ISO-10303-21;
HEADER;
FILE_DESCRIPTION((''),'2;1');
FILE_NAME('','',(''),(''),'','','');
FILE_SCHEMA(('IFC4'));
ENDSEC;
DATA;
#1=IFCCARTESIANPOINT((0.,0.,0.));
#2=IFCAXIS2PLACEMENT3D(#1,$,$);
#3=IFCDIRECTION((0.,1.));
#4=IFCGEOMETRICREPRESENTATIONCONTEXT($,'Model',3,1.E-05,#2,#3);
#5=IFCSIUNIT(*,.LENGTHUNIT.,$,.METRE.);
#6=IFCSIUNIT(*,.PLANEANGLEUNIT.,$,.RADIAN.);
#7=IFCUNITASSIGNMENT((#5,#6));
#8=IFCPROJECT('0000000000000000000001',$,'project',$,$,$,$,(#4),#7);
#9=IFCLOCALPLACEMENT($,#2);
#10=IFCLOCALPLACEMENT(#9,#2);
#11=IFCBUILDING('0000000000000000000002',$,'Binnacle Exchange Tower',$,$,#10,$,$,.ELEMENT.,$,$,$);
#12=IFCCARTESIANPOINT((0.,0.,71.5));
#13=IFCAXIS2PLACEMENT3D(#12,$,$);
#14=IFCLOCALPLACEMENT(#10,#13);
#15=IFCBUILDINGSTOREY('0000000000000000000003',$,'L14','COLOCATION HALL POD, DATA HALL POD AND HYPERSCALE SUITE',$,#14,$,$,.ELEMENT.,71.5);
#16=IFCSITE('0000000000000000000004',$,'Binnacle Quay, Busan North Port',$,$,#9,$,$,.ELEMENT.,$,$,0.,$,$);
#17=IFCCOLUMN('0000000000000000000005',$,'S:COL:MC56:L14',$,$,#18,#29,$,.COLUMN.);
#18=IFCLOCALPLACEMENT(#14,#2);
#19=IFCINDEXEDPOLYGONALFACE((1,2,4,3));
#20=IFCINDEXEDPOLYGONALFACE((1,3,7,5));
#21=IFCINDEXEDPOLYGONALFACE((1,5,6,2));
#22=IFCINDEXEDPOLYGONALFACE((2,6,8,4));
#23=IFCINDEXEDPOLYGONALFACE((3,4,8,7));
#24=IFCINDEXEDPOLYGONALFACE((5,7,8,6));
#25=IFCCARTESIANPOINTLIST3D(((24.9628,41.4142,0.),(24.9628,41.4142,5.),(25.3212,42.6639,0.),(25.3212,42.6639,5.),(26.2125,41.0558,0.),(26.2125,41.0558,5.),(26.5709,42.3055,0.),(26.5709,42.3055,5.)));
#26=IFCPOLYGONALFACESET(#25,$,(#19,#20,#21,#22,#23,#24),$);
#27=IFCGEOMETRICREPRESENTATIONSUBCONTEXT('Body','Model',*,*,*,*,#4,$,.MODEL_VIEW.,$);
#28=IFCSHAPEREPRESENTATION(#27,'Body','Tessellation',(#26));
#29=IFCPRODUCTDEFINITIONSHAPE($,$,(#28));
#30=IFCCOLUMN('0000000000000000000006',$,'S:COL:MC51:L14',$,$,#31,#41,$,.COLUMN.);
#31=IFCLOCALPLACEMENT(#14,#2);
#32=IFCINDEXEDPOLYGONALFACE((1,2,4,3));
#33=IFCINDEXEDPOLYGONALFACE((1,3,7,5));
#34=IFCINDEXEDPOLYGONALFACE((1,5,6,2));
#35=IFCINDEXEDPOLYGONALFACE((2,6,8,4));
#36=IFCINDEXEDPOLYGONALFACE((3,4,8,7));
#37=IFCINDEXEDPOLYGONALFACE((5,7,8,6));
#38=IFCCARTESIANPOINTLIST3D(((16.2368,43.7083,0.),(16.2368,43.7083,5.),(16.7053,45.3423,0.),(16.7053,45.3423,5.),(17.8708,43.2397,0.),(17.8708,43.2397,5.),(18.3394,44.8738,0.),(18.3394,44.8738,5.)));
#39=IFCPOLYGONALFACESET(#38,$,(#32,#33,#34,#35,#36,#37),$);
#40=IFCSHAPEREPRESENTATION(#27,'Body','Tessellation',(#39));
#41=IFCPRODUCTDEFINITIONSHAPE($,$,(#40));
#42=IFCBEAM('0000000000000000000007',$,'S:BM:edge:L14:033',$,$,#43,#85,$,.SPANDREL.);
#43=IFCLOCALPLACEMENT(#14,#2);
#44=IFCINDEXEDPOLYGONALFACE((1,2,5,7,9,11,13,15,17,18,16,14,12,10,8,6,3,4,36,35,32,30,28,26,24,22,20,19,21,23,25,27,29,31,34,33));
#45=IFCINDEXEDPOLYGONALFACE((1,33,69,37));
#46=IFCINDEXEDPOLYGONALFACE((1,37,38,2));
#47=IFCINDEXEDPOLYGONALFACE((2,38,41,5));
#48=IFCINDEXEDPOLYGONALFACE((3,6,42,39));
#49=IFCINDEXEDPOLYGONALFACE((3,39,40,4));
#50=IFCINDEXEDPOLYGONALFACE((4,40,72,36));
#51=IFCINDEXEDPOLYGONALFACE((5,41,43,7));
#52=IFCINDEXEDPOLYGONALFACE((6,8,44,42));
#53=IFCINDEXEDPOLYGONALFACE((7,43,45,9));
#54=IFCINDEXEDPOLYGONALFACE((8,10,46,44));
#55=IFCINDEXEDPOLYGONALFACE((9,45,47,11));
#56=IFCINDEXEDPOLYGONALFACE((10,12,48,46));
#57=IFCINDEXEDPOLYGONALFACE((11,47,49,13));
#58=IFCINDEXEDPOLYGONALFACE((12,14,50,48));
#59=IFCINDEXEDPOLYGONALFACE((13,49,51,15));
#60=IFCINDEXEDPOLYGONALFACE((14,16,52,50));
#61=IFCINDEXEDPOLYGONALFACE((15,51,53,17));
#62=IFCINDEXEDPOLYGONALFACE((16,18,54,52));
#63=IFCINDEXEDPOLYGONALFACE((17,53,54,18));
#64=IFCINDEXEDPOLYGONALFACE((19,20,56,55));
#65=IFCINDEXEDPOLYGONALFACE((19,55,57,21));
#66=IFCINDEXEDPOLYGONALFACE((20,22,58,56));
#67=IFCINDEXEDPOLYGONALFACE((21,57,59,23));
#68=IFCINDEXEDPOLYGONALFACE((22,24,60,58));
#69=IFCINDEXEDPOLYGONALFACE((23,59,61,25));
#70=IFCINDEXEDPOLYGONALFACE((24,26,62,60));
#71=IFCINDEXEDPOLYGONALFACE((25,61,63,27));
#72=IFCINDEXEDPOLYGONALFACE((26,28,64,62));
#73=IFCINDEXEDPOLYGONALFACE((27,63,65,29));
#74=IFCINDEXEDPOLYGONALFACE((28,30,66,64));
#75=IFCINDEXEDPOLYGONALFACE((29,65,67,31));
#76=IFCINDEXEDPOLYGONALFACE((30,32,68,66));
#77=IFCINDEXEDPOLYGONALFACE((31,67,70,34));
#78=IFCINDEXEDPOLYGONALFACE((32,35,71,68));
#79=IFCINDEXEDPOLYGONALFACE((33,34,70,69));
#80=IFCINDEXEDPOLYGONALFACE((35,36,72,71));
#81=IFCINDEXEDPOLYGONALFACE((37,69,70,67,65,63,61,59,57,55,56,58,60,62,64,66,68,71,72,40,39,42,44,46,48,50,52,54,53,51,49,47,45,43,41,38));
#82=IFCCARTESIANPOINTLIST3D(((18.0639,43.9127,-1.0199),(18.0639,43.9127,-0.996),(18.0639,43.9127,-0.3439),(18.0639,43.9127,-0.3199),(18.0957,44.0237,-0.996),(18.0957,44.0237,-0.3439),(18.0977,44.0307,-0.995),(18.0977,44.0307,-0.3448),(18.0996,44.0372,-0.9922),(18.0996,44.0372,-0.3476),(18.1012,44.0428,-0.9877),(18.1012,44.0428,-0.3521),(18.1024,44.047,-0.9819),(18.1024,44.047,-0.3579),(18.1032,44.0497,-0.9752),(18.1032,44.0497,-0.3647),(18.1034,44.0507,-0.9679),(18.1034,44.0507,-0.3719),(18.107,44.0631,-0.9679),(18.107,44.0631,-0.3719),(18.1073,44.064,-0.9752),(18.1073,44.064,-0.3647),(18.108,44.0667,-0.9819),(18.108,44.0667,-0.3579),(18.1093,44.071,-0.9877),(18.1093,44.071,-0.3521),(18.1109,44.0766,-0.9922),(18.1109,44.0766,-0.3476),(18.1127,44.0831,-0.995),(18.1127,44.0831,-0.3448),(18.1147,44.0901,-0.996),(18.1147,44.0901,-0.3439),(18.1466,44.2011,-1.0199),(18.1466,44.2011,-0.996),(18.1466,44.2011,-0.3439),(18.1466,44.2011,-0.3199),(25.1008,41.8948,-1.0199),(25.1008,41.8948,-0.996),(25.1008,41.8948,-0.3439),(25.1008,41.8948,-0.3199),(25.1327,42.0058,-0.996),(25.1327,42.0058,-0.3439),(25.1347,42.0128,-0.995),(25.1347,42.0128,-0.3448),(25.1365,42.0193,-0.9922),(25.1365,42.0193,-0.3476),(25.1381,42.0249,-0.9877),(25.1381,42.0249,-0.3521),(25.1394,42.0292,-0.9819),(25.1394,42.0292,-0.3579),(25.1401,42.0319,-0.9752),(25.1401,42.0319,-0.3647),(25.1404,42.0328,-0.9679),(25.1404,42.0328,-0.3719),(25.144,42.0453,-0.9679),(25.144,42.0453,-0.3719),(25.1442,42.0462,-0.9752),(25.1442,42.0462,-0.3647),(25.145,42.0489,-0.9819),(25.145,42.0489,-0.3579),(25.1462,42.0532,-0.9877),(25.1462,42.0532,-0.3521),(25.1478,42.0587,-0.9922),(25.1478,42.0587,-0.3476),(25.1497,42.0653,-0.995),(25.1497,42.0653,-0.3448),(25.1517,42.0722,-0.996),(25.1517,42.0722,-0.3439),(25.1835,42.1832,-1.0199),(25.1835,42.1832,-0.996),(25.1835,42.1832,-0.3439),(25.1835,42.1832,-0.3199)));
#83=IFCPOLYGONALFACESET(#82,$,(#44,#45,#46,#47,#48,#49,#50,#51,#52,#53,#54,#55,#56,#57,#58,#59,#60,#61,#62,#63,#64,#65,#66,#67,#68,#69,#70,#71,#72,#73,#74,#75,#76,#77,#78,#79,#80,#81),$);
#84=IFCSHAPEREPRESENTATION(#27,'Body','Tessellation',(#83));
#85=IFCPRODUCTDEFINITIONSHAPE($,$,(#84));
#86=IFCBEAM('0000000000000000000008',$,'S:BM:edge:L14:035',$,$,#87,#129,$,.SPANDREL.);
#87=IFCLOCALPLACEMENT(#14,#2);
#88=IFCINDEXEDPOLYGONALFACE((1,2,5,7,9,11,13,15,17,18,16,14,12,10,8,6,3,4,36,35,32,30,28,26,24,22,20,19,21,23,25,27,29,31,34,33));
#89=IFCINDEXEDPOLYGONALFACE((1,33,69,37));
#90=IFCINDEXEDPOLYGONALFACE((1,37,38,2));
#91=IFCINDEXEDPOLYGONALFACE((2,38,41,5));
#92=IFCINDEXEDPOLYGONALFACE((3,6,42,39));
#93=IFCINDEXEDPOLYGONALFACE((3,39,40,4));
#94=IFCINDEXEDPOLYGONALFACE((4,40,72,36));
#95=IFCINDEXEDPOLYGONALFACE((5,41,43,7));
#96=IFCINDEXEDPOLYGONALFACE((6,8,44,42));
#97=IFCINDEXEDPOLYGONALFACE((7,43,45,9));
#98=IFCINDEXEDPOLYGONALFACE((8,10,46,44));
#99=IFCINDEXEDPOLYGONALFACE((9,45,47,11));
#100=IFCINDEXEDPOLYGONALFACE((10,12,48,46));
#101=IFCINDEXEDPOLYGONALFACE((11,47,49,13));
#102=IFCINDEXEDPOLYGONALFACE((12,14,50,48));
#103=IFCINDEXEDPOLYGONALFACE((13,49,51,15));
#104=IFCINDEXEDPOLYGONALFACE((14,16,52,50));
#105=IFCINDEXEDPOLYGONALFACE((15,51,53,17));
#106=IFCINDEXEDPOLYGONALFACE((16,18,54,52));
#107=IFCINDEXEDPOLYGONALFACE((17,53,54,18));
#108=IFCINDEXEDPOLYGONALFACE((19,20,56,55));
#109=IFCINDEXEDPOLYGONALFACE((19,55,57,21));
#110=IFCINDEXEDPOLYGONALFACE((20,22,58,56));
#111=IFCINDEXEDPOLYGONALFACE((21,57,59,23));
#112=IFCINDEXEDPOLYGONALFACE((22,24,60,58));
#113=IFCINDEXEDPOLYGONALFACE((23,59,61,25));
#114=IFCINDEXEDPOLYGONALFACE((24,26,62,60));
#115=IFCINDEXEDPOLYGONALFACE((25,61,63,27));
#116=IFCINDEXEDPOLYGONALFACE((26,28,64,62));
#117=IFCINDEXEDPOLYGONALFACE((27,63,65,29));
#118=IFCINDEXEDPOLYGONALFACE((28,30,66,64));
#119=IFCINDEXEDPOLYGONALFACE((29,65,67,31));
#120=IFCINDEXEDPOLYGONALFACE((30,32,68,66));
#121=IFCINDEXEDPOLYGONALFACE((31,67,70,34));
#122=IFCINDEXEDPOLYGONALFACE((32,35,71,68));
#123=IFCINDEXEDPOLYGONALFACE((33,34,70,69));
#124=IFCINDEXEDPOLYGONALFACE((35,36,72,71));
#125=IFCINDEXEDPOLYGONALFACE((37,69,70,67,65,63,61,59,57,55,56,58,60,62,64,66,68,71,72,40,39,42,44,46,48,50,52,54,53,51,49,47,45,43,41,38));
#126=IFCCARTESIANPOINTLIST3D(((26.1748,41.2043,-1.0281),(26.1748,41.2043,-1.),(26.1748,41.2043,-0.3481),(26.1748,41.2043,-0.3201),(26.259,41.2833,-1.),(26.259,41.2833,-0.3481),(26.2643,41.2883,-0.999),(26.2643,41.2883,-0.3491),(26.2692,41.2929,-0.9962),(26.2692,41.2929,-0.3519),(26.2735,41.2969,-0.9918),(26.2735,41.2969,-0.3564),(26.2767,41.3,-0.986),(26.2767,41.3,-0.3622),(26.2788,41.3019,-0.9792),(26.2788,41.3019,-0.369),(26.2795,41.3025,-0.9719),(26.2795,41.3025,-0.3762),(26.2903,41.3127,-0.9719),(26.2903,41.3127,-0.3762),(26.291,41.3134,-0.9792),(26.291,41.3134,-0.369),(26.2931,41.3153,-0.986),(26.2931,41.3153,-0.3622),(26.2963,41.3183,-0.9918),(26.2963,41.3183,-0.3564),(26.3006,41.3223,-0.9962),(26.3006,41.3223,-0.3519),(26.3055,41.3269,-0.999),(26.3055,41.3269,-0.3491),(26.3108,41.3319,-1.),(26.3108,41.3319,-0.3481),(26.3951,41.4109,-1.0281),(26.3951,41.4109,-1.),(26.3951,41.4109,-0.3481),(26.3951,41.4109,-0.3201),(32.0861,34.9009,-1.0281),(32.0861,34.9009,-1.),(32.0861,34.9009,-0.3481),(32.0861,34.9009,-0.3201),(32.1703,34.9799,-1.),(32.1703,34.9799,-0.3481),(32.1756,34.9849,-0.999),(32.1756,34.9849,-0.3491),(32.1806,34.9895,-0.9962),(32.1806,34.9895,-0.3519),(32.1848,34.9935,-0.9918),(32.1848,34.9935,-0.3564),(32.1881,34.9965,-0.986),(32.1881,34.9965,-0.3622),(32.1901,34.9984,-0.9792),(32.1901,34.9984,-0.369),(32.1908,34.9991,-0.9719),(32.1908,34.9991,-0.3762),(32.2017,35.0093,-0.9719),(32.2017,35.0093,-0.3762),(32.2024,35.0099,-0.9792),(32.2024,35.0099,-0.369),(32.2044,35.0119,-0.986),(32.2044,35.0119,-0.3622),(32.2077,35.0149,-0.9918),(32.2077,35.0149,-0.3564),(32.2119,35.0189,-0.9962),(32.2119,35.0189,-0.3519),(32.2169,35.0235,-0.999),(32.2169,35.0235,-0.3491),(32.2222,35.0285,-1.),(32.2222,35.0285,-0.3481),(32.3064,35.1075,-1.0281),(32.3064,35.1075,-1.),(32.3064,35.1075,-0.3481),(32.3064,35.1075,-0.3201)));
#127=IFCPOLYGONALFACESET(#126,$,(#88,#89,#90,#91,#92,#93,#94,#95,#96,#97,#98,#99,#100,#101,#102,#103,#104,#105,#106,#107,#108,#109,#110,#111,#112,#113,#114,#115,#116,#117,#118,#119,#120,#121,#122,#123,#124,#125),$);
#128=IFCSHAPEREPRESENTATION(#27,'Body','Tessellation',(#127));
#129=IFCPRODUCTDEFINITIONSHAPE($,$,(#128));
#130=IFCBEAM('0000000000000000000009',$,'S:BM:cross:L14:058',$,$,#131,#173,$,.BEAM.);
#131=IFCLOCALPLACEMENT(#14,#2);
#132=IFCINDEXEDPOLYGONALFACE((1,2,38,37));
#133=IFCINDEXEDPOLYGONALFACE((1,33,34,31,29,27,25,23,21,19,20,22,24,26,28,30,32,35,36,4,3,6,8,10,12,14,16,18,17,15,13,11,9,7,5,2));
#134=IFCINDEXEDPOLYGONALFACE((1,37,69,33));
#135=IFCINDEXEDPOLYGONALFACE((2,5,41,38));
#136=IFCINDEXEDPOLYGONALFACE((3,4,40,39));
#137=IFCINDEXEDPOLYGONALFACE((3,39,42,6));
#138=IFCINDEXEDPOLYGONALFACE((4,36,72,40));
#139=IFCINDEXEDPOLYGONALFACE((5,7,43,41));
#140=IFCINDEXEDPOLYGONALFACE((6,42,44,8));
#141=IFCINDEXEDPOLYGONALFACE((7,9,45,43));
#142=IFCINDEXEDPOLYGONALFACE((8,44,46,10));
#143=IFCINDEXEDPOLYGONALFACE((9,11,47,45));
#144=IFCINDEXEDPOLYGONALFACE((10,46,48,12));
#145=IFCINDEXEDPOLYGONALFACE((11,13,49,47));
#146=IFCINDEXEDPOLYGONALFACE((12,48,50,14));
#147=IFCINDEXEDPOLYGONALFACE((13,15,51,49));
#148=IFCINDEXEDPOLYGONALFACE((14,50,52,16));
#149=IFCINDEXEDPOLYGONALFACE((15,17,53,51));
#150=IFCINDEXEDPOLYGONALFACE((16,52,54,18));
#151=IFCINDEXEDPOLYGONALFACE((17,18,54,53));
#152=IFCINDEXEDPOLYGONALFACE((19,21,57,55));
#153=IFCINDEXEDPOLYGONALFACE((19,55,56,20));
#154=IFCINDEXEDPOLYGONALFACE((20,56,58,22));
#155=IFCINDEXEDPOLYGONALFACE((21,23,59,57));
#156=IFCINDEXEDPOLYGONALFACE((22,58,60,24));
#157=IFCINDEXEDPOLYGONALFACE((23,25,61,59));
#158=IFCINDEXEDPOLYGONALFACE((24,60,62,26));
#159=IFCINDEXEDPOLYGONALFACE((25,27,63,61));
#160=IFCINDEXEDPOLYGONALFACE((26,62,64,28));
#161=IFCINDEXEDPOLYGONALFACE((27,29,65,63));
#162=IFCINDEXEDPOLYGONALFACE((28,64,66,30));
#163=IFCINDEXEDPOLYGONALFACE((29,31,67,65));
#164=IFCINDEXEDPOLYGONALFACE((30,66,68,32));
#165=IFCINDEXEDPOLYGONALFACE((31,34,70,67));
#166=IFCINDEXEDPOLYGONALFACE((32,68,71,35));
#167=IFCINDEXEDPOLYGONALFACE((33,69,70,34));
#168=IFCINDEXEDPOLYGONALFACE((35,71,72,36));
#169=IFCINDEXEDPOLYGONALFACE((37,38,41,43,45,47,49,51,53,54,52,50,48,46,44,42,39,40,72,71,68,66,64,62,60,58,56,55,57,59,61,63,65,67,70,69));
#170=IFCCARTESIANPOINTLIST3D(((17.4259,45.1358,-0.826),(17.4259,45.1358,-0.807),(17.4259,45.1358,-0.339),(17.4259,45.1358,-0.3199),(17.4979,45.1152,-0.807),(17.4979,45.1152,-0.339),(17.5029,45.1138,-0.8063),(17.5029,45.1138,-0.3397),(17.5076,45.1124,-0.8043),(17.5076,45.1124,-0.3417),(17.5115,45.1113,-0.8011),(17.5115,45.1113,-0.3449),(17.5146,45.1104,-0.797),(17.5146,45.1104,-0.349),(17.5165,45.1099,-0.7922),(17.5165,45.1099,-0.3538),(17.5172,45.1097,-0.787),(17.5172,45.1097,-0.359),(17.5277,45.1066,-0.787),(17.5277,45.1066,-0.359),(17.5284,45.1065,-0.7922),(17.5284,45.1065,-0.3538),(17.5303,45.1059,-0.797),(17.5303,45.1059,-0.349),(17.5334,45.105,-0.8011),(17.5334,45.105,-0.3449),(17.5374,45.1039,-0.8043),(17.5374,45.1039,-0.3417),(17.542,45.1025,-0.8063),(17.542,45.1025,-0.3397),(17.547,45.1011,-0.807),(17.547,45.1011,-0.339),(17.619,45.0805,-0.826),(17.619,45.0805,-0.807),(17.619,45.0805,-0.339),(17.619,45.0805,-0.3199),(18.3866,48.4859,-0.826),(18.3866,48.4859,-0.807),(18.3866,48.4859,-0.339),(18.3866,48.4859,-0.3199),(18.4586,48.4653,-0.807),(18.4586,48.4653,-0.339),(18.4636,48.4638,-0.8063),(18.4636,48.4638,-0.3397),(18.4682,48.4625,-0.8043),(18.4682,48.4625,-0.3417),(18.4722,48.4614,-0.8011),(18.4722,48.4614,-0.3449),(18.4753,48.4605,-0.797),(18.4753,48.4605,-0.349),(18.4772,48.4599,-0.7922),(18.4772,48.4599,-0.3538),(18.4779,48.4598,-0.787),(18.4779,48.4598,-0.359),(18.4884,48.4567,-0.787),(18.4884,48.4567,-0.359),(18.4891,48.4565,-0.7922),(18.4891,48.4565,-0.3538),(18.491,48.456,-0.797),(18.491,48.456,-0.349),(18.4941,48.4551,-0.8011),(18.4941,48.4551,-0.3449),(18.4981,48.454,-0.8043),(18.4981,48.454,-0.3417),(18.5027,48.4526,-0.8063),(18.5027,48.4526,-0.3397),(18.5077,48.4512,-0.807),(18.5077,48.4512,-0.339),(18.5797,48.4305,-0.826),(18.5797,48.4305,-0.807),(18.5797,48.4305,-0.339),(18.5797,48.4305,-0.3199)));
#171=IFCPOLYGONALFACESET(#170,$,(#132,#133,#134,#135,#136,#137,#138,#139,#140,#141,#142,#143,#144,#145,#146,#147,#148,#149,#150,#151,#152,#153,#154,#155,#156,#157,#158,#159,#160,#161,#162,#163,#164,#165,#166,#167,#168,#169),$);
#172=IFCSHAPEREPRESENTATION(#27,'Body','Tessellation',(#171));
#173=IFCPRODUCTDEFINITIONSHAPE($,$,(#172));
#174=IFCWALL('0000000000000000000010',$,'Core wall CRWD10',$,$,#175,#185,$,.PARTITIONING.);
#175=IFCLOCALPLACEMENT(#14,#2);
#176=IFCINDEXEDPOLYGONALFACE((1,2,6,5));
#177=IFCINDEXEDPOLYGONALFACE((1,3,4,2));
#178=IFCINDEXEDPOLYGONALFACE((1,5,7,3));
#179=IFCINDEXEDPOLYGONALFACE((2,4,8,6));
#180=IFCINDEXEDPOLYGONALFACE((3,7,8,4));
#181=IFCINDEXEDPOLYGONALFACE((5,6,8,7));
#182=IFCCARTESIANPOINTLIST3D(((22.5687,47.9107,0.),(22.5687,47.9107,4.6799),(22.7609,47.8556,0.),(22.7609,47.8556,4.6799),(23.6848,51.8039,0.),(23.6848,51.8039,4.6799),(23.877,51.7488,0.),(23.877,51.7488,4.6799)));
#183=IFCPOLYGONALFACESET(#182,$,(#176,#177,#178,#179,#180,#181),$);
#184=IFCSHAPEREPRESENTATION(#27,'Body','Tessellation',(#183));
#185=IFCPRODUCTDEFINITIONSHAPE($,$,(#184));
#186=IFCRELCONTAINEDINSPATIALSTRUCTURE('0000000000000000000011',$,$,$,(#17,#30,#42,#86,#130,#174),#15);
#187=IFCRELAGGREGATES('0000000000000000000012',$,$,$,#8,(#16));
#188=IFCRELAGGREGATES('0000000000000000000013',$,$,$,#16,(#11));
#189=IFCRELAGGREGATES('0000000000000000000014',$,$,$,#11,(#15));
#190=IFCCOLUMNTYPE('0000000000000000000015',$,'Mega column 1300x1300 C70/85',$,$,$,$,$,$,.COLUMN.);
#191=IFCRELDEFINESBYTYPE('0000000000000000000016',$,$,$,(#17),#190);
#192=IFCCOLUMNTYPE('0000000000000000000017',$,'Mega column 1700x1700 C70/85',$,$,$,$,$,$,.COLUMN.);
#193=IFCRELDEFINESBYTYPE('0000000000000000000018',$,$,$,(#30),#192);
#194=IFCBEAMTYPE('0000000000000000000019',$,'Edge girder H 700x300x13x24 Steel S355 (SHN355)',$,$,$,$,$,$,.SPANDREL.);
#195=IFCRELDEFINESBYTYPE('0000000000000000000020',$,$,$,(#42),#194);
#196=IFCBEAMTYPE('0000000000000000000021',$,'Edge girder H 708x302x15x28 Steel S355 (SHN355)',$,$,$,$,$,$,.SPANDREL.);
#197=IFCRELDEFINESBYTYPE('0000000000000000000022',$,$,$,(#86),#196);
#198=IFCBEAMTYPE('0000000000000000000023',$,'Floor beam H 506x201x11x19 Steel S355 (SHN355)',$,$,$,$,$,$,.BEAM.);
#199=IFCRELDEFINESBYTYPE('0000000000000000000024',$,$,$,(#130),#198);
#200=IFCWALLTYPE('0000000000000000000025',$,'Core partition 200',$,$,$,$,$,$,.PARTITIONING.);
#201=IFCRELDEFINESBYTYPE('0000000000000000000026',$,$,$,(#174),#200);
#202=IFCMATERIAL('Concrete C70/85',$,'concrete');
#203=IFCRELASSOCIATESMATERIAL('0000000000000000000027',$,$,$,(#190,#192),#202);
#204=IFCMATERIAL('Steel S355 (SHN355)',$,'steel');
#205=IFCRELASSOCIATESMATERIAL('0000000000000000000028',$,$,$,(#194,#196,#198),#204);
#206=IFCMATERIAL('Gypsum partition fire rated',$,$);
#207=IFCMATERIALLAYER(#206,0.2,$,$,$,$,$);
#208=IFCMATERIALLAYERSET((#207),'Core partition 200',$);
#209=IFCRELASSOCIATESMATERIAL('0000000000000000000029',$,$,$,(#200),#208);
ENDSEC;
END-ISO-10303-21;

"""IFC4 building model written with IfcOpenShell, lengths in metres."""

from ifc_helpers import new_model, si_unit, direction, frame, frame_2d, origin, origin_2d, place, context, subcontext, project, spatial, rectangle, i_section, extrude, material, layer, layer_set, material_profile, profile_set, type_object, element, save


model = new_model("IFC4")

# Units and contexts
model_context = context("Model", 3, precision=1e-05, world=origin(), true_north=direction((0.0, 1.0)))
body_context = subcontext(model_context, "Body", "Model", "MODEL_VIEW")
ifc_project = project(units=[si_unit("LENGTHUNIT", "METRE"), si_unit("PLANEANGLEUNIT", "RADIAN")], contexts=[model_context])

# Site, building, storey
site_placement = place(None, origin())
site = spatial("IfcSite", under=ifc_project, at=site_placement, Name="Binnacle Quay, Busan North Port", CompositionType="ELEMENT", RefElevation=0.0)
building_placement = place(site_placement, origin())
building = spatial("IfcBuilding", under=site, at=building_placement, Name="Binnacle Exchange Tower", CompositionType="ELEMENT")
storey_placement = place(building_placement, frame((0.0, 0.0, 71.5)))
storey = spatial("IfcBuildingStorey", under=building, at=storey_placement, Name="L14", Description="COLOCATION HALL POD, DATA HALL POD AND HYPERSCALE SUITE", CompositionType="ELEMENT", Elevation=71.5)

# Columns
ifc_material_1 = material(Name="Concrete C70/85", Category="concrete")
ifc_material_profile_1 = material_profile(ifc_material_1, rectangle(XDim=1.3, YDim=1.3, at=origin_2d()), Name="Mega column 1300x1300 C70/85")
ifc_profile_set_1 = profile_set([ifc_material_profile_1], Name="Concrete C70/85")
column_type_1 = type_object("IfcColumnType", Name="Mega column 1300x1300 C70/85", PredefinedType="COLUMN", material=ifc_profile_set_1)
column_1_placement = place(storey_placement, frame((25.7668, 41.8599, 0.0), z_axis=(0.0, 0.0, 1.0), x_axis=(0.961262, -0.275637, 0.0)))
element("IfcColumn", 1, at=column_1_placement, inside=storey, type_object=column_type_1, Name="S:COL:MC56:L14", PredefinedType="COLUMN", context=body_context, shape_type="SweptSolid", body=[
    extrude(rectangle(XDim=1.3, YDim=1.3, at=origin_2d()), origin(), (0.0, 0.0, 1.0), 5.0),
])
ifc_material_profile_2 = material_profile(ifc_material_1, rectangle(XDim=1.7, YDim=1.7, at=origin_2d()), Name="Mega column 1700x1700 C70/85")
ifc_profile_set_2 = profile_set([ifc_material_profile_2], Name="Concrete C70/85")
column_type_2 = type_object("IfcColumnType", Name="Mega column 1700x1700 C70/85", PredefinedType="COLUMN", material=ifc_profile_set_2)
column_2_placement = place(storey_placement, frame((17.2881, 44.291, 0.0), z_axis=(0.0, 0.0, 1.0), x_axis=(0.961262, -0.275637, 0.0)))
element("IfcColumn", 2, at=column_2_placement, inside=storey, type_object=column_type_2, Name="S:COL:MC51:L14", PredefinedType="COLUMN", context=body_context, shape_type="SweptSolid", body=[
    extrude(rectangle(XDim=1.7, YDim=1.7, at=origin_2d()), origin(), (0.0, 0.0, 1.0), 5.0),
])

# Beams
ifc_material_2 = material(Name="Steel S355 (SHN355)", Category="steel")
ifc_material_profile_3 = material_profile(ifc_material_2, i_section(OverallWidth=0.3, OverallDepth=0.7, WebThickness=0.0129, FlangeThickness=0.0239, FilletRadius=0.0281, at=origin_2d()), Name="H 700x300x13x24")
ifc_profile_set_3 = profile_set([ifc_material_profile_3], Name="Steel S355 (SHN355)")
beam_type_1 = type_object("IfcBeamType", Name="Edge girder H 700x300x13x24 Steel S355 (SHN355)", PredefinedType="SPANDREL", material=ifc_profile_set_3)
beam_1_placement = place(storey_placement, frame((18.1052, 44.0569, -0.6699), z_axis=(0.96126, -0.275642, 0.0), x_axis=(0.275642, 0.96126, 0.0)))
element("IfcBeam", 3, at=beam_1_placement, inside=storey, type_object=beam_type_1, Name="S:BM:edge:L14:033", PredefinedType="SPANDREL", context=body_context, shape_type="SweptSolid", body=[
    extrude(i_section(OverallWidth=0.3, OverallDepth=0.7, WebThickness=0.0129, FlangeThickness=0.0239, FilletRadius=0.0281, at=origin_2d()), origin(), (0.0, 0.0, 1.0), 7.3206),
])
ifc_material_profile_4 = material_profile(ifc_material_2, i_section(OverallWidth=0.302, OverallDepth=0.708, WebThickness=0.0149, FlangeThickness=0.0281, FilletRadius=0.0281, at=origin_2d()), Name="H 708x302x15x28")
ifc_profile_set_4 = profile_set([ifc_material_profile_4], Name="Steel S355 (SHN355)")
beam_type_2 = type_object("IfcBeamType", Name="Edge girder H 708x302x15x28 Steel S355 (SHN355)", PredefinedType="SPANDREL", material=ifc_profile_set_4)
beam_2_placement = place(storey_placement, frame((26.2849, 41.3076, -0.6741), z_axis=(0.684057, -0.729429, 0.0), x_axis=(0.729429, 0.684057, 0.0)))
element("IfcBeam", 4, at=beam_2_placement, inside=storey, type_object=beam_type_2, Name="S:BM:edge:L14:035", PredefinedType="SPANDREL", context=body_context, shape_type="SweptSolid", body=[
    extrude(i_section(OverallWidth=0.302, OverallDepth=0.708, WebThickness=0.0149, FlangeThickness=0.0281, FilletRadius=0.0281, at=origin_2d()), origin(), (0.0, 0.0, 1.0), 8.6416),
])
ifc_material_profile_5 = material_profile(ifc_material_2, i_section(OverallWidth=0.2009, OverallDepth=0.5061, WebThickness=0.011, FlangeThickness=0.019, FilletRadius=0.02, at=origin_2d()), Name="H 506x201x11x19")
ifc_profile_set_5 = profile_set([ifc_material_profile_5], Name="Steel S355 (SHN355)")
beam_type_3 = type_object("IfcBeamType", Name="Floor beam H 506x201x11x19 Steel S355 (SHN355)", PredefinedType="BEAM", material=ifc_profile_set_5)
beam_3_placement = place(storey_placement, frame((17.5225, 45.1082, -0.573), z_axis=(0.275655, 0.961257, 0.0), x_axis=(-0.961257, 0.275655, 0.0)))
element("IfcBeam", 5, at=beam_3_placement, inside=storey, type_object=beam_type_3, Name="S:BM:cross:L14:058", PredefinedType="BEAM", context=body_context, shape_type="SweptSolid", body=[
    extrude(i_section(OverallWidth=0.2009, OverallDepth=0.5061, WebThickness=0.011, FlangeThickness=0.019, FilletRadius=0.02, at=origin_2d()), origin(), (0.0, 0.0, 1.0), 3.4851),
])

# Wall
ifc_material_3 = material(Name="Gypsum partition fire rated")
ifc_layer_1 = layer(ifc_material_3, 0.2)
ifc_layer_set_1 = layer_set([ifc_layer_1], Name="Core partition 200")
wall_type_1 = type_object("IfcWallType", Name="Core partition 200", PredefinedType="PARTITIONING", material=ifc_layer_set_1)
wall_1_placement = place(storey_placement, frame((22.6648, 47.8833, 0.0), z_axis=(0.0, 0.0, 1.0), x_axis=(0.275597, 0.961273, 0.0)))
element("IfcWall", 6, at=wall_1_placement, inside=storey, type_object=wall_type_1, Name="Core wall CRWD10", PredefinedType="PARTITIONING", context=body_context, shape_type="SweptSolid", body=[
    extrude(rectangle(XDim=4.05, YDim=0.2, at=frame_2d((2.0249, 0.0))), origin(), (0.0, 0.0, 1.0), 4.6799),
])

save(model, "model.ifc")
